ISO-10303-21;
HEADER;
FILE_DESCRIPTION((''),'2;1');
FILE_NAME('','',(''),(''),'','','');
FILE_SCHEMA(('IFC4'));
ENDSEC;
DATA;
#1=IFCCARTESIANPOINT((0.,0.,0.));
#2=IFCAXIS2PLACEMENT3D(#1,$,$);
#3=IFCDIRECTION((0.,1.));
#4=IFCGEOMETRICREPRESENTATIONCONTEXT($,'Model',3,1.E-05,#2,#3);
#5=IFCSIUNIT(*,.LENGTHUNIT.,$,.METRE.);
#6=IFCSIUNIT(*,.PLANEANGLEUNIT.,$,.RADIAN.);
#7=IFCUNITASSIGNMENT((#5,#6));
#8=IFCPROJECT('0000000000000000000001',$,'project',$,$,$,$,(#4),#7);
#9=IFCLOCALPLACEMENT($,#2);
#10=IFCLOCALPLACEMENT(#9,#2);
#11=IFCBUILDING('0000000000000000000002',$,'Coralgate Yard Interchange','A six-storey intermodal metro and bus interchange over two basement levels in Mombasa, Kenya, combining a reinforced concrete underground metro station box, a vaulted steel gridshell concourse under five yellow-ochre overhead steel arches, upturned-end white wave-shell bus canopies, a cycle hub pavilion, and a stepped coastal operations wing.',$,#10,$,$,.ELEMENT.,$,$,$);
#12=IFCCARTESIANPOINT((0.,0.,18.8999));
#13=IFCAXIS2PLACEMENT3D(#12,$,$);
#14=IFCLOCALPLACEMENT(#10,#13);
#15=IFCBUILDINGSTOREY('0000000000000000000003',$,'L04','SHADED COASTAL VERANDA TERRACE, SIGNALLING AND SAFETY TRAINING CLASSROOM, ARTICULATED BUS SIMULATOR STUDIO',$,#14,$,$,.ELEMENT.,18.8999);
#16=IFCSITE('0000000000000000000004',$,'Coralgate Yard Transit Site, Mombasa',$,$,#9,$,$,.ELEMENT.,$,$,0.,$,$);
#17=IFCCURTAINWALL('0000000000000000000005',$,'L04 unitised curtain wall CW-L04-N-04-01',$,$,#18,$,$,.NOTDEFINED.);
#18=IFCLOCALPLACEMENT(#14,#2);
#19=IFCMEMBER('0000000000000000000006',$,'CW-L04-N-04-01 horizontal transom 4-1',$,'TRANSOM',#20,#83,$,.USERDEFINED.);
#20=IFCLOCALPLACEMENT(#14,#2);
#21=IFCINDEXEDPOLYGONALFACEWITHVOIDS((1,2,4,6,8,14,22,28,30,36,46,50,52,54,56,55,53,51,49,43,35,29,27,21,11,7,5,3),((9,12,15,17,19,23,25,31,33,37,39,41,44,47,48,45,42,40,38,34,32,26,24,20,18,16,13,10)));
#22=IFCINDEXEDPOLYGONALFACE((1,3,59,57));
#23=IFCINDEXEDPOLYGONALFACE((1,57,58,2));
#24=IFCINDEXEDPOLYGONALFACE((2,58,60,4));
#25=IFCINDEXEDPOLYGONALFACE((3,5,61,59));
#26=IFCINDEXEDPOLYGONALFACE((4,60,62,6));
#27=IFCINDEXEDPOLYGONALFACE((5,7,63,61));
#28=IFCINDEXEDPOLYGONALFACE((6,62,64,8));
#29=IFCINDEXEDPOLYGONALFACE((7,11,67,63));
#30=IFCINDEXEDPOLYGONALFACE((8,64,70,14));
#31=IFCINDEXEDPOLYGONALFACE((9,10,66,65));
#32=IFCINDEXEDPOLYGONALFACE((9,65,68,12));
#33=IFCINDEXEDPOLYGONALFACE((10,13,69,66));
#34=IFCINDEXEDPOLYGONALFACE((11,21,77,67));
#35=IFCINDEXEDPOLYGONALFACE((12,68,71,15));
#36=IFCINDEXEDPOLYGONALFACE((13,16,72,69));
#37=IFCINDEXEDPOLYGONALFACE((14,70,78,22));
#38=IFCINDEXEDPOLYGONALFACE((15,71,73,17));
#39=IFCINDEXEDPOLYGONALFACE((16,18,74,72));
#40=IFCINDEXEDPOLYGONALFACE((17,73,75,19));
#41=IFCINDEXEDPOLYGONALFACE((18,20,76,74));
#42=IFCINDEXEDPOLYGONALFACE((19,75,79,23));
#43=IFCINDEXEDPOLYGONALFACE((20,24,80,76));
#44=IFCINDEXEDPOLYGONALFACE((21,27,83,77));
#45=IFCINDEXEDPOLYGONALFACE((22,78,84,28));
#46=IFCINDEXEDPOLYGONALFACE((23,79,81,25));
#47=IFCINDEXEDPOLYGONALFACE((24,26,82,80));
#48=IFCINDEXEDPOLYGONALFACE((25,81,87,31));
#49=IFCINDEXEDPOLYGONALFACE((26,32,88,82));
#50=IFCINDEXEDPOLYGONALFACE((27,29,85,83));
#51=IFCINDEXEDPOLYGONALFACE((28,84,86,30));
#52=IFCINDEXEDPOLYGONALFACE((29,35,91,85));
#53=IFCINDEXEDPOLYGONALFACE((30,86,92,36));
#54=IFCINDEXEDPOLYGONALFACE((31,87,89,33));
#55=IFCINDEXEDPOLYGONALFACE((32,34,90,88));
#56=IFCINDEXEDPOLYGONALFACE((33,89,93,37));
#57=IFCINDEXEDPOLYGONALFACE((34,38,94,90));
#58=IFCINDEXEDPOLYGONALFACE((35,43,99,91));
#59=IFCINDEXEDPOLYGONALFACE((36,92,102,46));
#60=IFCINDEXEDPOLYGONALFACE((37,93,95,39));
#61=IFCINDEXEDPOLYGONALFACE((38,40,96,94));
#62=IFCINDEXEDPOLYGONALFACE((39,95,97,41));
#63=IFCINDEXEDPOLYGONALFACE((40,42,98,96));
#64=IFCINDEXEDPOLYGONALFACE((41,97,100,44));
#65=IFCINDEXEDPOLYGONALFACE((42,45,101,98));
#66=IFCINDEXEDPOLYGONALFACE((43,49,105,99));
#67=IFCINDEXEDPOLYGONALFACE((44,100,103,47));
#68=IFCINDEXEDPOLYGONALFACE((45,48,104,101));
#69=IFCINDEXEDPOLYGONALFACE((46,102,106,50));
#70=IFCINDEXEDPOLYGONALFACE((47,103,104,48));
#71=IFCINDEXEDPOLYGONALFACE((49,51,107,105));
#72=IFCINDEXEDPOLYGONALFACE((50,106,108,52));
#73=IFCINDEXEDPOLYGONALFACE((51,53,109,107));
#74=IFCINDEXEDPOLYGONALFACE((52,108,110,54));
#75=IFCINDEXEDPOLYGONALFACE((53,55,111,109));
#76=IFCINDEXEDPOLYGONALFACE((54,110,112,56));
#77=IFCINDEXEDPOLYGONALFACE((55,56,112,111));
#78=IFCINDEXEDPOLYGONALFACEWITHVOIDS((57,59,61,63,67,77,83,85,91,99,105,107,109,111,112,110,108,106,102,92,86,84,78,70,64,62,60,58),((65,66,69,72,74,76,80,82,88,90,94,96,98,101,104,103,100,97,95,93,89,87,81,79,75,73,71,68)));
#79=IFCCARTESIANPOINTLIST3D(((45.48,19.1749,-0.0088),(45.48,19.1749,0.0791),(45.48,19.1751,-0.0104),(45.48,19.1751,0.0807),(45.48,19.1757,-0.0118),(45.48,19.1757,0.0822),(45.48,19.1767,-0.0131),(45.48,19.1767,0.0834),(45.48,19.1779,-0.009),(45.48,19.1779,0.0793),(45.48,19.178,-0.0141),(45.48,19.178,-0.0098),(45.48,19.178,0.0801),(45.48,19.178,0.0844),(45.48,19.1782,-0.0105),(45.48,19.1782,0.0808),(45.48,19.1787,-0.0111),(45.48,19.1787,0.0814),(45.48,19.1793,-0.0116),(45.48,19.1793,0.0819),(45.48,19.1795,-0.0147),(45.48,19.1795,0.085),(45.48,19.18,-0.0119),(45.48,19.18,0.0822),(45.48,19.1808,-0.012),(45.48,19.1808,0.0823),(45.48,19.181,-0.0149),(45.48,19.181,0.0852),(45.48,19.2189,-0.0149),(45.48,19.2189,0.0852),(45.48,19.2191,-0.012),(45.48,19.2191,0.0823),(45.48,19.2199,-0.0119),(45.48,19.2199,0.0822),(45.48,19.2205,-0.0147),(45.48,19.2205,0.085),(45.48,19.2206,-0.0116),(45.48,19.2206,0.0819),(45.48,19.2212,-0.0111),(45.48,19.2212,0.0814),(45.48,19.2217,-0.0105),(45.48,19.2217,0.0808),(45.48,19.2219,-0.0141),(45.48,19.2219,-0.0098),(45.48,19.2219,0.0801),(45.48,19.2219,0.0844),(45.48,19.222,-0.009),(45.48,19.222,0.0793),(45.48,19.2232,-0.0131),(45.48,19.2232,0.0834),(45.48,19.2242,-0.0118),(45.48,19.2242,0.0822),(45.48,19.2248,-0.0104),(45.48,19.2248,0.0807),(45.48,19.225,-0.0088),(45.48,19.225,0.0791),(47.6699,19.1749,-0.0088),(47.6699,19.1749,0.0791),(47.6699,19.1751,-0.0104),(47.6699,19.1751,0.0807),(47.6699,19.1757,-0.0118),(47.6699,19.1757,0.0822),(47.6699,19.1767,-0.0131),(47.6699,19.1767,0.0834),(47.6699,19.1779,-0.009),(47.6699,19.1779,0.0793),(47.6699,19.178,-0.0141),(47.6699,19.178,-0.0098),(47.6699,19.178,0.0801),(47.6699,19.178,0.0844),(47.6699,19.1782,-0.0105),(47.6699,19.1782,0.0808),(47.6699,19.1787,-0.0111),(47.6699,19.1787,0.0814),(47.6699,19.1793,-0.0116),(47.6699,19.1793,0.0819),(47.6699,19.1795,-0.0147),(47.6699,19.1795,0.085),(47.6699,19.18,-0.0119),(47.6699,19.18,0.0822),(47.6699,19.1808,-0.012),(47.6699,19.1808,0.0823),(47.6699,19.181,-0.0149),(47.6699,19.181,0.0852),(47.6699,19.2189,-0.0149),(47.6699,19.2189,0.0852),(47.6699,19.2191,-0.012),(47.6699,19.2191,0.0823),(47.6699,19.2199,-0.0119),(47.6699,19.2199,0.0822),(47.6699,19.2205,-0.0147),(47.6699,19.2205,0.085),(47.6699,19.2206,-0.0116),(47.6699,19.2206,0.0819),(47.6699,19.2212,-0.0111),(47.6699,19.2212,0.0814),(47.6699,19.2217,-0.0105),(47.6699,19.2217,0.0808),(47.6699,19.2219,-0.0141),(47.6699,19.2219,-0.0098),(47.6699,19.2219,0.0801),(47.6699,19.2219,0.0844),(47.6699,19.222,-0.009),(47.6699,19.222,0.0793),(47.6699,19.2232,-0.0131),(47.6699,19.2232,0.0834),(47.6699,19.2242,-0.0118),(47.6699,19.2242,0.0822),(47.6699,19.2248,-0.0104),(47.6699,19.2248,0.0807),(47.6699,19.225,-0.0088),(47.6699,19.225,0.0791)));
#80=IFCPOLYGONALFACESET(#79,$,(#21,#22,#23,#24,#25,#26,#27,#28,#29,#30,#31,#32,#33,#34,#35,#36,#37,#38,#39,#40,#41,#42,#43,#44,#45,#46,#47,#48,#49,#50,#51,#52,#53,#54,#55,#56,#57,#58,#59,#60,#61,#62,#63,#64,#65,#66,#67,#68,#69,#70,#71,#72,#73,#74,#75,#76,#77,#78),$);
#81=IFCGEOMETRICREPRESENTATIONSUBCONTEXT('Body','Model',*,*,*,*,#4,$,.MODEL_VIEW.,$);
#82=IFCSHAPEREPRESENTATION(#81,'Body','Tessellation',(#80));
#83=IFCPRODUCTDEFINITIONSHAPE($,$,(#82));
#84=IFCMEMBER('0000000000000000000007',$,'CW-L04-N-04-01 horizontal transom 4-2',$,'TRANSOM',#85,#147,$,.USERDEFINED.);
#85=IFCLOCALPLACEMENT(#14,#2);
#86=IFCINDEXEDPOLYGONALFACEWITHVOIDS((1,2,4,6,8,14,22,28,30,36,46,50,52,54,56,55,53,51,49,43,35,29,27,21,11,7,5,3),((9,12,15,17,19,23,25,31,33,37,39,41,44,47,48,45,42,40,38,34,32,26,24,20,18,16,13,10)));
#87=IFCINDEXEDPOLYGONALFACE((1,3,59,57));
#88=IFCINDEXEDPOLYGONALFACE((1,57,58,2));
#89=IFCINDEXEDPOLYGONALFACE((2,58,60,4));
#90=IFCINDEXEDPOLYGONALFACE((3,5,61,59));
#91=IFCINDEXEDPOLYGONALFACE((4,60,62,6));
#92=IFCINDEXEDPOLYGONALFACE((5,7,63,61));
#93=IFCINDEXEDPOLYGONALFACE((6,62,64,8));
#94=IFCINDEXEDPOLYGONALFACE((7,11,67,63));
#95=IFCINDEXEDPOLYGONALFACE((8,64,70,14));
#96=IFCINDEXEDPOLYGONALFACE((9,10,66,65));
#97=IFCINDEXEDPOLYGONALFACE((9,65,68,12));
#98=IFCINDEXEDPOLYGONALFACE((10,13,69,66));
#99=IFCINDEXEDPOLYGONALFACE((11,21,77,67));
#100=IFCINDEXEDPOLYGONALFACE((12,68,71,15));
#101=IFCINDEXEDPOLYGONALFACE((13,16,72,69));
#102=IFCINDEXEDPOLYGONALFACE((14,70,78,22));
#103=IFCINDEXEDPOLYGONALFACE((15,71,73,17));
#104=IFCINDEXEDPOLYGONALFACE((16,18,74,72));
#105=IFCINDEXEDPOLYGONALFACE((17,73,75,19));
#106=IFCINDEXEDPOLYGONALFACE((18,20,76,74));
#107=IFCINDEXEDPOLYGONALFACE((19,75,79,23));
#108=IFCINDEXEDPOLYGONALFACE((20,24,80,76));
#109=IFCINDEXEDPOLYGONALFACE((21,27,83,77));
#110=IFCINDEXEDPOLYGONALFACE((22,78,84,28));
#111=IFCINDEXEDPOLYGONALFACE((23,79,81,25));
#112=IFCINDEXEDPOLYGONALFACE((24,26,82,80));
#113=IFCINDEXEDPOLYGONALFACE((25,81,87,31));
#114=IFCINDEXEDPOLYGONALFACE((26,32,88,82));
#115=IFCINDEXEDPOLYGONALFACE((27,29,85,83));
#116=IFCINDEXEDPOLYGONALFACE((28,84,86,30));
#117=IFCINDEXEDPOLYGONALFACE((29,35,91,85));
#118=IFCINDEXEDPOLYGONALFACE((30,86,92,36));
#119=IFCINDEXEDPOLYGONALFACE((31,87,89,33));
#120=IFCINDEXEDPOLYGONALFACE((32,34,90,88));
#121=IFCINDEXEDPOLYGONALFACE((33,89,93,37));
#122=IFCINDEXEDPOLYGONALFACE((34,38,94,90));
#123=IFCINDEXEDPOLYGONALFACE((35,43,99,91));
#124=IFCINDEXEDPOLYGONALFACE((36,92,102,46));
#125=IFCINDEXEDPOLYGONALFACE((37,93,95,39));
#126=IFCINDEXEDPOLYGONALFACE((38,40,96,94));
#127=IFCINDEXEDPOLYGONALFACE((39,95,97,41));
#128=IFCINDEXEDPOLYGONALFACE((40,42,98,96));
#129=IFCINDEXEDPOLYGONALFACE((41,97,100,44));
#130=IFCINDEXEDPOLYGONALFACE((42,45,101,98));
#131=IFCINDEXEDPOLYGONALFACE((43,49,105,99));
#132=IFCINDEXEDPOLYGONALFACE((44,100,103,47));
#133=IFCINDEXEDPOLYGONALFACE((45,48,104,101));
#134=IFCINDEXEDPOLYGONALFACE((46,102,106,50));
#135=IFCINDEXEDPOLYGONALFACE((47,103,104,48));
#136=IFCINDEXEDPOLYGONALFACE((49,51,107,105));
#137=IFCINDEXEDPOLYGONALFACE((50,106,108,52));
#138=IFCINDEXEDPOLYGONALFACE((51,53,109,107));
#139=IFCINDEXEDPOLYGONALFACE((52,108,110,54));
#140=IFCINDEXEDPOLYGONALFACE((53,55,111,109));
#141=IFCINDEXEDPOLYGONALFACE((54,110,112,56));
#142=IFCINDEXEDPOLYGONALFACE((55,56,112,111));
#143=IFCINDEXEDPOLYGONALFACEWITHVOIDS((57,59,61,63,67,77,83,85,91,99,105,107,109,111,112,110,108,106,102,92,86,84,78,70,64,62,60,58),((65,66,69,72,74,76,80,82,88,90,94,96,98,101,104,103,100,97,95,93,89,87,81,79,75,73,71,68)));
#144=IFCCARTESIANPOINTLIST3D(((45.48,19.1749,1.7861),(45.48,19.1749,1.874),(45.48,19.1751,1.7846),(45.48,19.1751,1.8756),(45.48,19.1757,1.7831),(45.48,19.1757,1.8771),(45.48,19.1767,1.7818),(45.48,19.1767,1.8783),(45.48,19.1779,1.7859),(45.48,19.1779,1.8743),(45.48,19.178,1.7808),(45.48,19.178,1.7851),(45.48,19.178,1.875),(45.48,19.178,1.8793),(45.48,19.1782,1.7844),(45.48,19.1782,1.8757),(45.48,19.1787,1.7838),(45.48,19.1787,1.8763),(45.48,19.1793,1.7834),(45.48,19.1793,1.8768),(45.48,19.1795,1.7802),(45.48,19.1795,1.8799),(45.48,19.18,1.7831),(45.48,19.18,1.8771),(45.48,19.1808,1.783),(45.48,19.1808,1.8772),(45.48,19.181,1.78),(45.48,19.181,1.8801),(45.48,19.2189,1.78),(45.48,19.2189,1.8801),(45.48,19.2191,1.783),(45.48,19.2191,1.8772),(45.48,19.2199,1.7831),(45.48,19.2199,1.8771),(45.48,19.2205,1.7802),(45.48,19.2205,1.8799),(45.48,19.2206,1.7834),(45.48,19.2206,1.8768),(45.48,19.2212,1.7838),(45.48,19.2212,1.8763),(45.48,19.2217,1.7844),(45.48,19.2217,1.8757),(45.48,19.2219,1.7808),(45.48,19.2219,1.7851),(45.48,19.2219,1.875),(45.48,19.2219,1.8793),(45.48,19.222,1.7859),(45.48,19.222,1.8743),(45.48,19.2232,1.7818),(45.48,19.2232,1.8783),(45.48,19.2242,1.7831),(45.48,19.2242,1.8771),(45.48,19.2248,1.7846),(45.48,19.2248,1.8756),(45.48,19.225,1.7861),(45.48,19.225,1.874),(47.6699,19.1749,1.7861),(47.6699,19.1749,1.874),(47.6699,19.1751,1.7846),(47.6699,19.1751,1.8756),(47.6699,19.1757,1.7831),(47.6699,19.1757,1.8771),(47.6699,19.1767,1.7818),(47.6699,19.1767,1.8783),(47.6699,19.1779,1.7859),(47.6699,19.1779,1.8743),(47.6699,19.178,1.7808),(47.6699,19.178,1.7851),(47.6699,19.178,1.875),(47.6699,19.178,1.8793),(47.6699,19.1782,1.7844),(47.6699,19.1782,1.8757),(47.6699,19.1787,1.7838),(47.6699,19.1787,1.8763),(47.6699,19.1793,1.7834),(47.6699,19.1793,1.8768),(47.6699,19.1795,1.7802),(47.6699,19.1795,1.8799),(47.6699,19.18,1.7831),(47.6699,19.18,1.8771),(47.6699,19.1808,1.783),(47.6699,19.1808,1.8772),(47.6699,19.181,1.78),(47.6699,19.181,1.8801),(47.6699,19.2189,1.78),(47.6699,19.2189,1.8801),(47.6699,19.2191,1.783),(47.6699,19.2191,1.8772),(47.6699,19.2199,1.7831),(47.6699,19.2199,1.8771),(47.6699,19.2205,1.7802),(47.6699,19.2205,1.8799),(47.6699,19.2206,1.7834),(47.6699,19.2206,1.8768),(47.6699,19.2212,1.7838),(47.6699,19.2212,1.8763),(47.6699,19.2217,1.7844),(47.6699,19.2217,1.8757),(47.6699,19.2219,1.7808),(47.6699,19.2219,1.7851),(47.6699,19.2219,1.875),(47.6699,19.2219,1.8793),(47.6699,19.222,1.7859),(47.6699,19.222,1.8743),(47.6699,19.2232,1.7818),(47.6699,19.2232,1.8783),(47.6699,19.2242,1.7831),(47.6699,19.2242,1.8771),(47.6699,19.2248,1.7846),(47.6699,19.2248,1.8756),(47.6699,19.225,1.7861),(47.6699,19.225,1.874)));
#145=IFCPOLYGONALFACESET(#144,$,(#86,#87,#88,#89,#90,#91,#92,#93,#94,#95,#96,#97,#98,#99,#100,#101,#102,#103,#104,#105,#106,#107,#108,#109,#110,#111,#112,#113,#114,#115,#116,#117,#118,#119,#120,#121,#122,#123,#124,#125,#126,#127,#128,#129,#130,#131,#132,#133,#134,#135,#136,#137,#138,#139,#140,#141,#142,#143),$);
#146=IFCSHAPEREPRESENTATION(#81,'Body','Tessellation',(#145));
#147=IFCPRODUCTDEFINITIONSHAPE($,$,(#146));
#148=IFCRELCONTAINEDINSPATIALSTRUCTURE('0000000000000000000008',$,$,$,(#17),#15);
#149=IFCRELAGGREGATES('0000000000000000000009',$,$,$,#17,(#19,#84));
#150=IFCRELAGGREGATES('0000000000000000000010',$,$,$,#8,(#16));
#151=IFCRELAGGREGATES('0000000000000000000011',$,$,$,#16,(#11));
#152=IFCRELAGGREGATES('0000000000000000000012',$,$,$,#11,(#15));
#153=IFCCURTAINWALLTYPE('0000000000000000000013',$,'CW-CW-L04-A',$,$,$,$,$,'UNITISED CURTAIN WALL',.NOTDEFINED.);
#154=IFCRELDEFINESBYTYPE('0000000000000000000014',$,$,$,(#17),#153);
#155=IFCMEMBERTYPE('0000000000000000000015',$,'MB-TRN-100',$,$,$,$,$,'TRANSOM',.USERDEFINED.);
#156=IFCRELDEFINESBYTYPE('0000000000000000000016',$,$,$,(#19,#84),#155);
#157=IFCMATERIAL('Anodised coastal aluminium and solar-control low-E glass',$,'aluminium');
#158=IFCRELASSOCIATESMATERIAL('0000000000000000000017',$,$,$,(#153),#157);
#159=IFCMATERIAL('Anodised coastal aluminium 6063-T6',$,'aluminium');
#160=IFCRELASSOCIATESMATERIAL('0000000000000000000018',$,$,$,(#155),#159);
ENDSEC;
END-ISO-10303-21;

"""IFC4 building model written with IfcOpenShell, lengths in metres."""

from ifc_helpers import new_model, si_unit, direction, frame, origin, origin_2d, place, context, subcontext, project, spatial, hollow_rectangle, extrude, material, material_profile, profile_set, type_object, element, aggregate, save


model = new_model("IFC4")

# Units and contexts
model_context = context("Model", 3, precision=1e-05, world=origin(), true_north=direction((0.0, 1.0)))
body_context = subcontext(model_context, "Body", "Model", "MODEL_VIEW")
ifc_project = project(units=[si_unit("LENGTHUNIT", "METRE"), si_unit("PLANEANGLEUNIT", "RADIAN")], contexts=[model_context])

# Site, building, storey
site_placement = place(None, origin())
site = spatial("IfcSite", under=ifc_project, at=site_placement, Name="Coralgate Yard Transit Site, Mombasa", CompositionType="ELEMENT", RefElevation=0.0)
building_placement = place(site_placement, origin())
building = spatial("IfcBuilding", under=site, at=building_placement, Name="Coralgate Yard Interchange", Description="A six-storey intermodal metro and bus interchange over two basement levels in Mombasa, Kenya, combining a reinforced concrete underground metro station box, a vaulted steel gridshell concourse under five yellow-ochre overhead steel arches, upturned-end white wave-shell bus canopies, a cycle hub pavilion, and a stepped coastal operations wing.", CompositionType="ELEMENT")
storey_placement = place(building_placement, frame((0.0, 0.0, 18.8999)))
storey = spatial("IfcBuildingStorey", under=building, at=storey_placement, Name="L04", Description="SHADED COASTAL VERANDA TERRACE, SIGNALLING AND SAFETY TRAINING CLASSROOM, ARTICULATED BUS SIMULATOR STUDIO", CompositionType="ELEMENT", Elevation=18.8999)

# Curtain wall, members
ifc_material_1 = material(Name="Anodised coastal aluminium and solar-control low-E glass", Category="aluminium")
curtain_wall_type = type_object("IfcCurtainWallType", Name="CW-CW-L04-A", ElementType="UNITISED CURTAIN WALL", PredefinedType="NOTDEFINED", material=ifc_material_1)
curtain_wall_placement = place(storey_placement, origin())
curtain_wall = element("IfcCurtainWall", 1, at=curtain_wall_placement, inside=storey, type_object=curtain_wall_type, Name="L04 unitised curtain wall CW-L04-N-04-01", PredefinedType="NOTDEFINED")
ifc_material_2 = material(Name="Anodised coastal aluminium 6063-T6", Category="aluminium")
ifc_material_profile_1 = material_profile(ifc_material_2, hollow_rectangle(XDim=0.05, YDim=0.1001, WallThickness=0.0029, InnerFilletRadius=0.0029, OuterFilletRadius=0.0061, at=origin_2d()), Name="ALU 50x100x3")
ifc_profile_set_1 = profile_set([ifc_material_profile_1], Name="Anodised coastal aluminium 6063-T6")
member_type_1 = type_object("IfcMemberType", Name="MB-TRN-100", ElementType="TRANSOM", PredefinedType="USERDEFINED", material=ifc_profile_set_1)
member_1_placement = place(storey_placement, frame((45.48, 19.2, 0.0352), z_axis=(1.0, 0.0, 0.0), x_axis=(0.0, 1.0, 0.0)))
member_1 = element("IfcMember", 2, at=member_1_placement, type_object=member_type_1, Name="CW-L04-N-04-01 horizontal transom 4-1", ObjectType="TRANSOM", PredefinedType="USERDEFINED", context=body_context, shape_type="SweptSolid", body=[
    extrude(hollow_rectangle(XDim=0.05, YDim=0.1001, WallThickness=0.0029, InnerFilletRadius=0.0029, OuterFilletRadius=0.0061, at=origin_2d()), origin(), (0.0, 0.0, 1.0), 2.1899),
])
member_2_placement = place(storey_placement, frame((45.48, 19.2, 1.8301), z_axis=(1.0, 0.0, 0.0), x_axis=(0.0, 1.0, 0.0)))
member_2 = element("IfcMember", 3, at=member_2_placement, type_object=member_type_1, Name="CW-L04-N-04-01 horizontal transom 4-2", ObjectType="TRANSOM", PredefinedType="USERDEFINED", context=body_context, shape_type="SweptSolid", body=[
    extrude(hollow_rectangle(XDim=0.05, YDim=0.1001, WallThickness=0.0029, InnerFilletRadius=0.0029, OuterFilletRadius=0.0061, at=origin_2d()), origin(), (0.0, 0.0, 1.0), 2.1899),
])
aggregate(curtain_wall, [member_1, member_2])

save(model, "model.ifc")
